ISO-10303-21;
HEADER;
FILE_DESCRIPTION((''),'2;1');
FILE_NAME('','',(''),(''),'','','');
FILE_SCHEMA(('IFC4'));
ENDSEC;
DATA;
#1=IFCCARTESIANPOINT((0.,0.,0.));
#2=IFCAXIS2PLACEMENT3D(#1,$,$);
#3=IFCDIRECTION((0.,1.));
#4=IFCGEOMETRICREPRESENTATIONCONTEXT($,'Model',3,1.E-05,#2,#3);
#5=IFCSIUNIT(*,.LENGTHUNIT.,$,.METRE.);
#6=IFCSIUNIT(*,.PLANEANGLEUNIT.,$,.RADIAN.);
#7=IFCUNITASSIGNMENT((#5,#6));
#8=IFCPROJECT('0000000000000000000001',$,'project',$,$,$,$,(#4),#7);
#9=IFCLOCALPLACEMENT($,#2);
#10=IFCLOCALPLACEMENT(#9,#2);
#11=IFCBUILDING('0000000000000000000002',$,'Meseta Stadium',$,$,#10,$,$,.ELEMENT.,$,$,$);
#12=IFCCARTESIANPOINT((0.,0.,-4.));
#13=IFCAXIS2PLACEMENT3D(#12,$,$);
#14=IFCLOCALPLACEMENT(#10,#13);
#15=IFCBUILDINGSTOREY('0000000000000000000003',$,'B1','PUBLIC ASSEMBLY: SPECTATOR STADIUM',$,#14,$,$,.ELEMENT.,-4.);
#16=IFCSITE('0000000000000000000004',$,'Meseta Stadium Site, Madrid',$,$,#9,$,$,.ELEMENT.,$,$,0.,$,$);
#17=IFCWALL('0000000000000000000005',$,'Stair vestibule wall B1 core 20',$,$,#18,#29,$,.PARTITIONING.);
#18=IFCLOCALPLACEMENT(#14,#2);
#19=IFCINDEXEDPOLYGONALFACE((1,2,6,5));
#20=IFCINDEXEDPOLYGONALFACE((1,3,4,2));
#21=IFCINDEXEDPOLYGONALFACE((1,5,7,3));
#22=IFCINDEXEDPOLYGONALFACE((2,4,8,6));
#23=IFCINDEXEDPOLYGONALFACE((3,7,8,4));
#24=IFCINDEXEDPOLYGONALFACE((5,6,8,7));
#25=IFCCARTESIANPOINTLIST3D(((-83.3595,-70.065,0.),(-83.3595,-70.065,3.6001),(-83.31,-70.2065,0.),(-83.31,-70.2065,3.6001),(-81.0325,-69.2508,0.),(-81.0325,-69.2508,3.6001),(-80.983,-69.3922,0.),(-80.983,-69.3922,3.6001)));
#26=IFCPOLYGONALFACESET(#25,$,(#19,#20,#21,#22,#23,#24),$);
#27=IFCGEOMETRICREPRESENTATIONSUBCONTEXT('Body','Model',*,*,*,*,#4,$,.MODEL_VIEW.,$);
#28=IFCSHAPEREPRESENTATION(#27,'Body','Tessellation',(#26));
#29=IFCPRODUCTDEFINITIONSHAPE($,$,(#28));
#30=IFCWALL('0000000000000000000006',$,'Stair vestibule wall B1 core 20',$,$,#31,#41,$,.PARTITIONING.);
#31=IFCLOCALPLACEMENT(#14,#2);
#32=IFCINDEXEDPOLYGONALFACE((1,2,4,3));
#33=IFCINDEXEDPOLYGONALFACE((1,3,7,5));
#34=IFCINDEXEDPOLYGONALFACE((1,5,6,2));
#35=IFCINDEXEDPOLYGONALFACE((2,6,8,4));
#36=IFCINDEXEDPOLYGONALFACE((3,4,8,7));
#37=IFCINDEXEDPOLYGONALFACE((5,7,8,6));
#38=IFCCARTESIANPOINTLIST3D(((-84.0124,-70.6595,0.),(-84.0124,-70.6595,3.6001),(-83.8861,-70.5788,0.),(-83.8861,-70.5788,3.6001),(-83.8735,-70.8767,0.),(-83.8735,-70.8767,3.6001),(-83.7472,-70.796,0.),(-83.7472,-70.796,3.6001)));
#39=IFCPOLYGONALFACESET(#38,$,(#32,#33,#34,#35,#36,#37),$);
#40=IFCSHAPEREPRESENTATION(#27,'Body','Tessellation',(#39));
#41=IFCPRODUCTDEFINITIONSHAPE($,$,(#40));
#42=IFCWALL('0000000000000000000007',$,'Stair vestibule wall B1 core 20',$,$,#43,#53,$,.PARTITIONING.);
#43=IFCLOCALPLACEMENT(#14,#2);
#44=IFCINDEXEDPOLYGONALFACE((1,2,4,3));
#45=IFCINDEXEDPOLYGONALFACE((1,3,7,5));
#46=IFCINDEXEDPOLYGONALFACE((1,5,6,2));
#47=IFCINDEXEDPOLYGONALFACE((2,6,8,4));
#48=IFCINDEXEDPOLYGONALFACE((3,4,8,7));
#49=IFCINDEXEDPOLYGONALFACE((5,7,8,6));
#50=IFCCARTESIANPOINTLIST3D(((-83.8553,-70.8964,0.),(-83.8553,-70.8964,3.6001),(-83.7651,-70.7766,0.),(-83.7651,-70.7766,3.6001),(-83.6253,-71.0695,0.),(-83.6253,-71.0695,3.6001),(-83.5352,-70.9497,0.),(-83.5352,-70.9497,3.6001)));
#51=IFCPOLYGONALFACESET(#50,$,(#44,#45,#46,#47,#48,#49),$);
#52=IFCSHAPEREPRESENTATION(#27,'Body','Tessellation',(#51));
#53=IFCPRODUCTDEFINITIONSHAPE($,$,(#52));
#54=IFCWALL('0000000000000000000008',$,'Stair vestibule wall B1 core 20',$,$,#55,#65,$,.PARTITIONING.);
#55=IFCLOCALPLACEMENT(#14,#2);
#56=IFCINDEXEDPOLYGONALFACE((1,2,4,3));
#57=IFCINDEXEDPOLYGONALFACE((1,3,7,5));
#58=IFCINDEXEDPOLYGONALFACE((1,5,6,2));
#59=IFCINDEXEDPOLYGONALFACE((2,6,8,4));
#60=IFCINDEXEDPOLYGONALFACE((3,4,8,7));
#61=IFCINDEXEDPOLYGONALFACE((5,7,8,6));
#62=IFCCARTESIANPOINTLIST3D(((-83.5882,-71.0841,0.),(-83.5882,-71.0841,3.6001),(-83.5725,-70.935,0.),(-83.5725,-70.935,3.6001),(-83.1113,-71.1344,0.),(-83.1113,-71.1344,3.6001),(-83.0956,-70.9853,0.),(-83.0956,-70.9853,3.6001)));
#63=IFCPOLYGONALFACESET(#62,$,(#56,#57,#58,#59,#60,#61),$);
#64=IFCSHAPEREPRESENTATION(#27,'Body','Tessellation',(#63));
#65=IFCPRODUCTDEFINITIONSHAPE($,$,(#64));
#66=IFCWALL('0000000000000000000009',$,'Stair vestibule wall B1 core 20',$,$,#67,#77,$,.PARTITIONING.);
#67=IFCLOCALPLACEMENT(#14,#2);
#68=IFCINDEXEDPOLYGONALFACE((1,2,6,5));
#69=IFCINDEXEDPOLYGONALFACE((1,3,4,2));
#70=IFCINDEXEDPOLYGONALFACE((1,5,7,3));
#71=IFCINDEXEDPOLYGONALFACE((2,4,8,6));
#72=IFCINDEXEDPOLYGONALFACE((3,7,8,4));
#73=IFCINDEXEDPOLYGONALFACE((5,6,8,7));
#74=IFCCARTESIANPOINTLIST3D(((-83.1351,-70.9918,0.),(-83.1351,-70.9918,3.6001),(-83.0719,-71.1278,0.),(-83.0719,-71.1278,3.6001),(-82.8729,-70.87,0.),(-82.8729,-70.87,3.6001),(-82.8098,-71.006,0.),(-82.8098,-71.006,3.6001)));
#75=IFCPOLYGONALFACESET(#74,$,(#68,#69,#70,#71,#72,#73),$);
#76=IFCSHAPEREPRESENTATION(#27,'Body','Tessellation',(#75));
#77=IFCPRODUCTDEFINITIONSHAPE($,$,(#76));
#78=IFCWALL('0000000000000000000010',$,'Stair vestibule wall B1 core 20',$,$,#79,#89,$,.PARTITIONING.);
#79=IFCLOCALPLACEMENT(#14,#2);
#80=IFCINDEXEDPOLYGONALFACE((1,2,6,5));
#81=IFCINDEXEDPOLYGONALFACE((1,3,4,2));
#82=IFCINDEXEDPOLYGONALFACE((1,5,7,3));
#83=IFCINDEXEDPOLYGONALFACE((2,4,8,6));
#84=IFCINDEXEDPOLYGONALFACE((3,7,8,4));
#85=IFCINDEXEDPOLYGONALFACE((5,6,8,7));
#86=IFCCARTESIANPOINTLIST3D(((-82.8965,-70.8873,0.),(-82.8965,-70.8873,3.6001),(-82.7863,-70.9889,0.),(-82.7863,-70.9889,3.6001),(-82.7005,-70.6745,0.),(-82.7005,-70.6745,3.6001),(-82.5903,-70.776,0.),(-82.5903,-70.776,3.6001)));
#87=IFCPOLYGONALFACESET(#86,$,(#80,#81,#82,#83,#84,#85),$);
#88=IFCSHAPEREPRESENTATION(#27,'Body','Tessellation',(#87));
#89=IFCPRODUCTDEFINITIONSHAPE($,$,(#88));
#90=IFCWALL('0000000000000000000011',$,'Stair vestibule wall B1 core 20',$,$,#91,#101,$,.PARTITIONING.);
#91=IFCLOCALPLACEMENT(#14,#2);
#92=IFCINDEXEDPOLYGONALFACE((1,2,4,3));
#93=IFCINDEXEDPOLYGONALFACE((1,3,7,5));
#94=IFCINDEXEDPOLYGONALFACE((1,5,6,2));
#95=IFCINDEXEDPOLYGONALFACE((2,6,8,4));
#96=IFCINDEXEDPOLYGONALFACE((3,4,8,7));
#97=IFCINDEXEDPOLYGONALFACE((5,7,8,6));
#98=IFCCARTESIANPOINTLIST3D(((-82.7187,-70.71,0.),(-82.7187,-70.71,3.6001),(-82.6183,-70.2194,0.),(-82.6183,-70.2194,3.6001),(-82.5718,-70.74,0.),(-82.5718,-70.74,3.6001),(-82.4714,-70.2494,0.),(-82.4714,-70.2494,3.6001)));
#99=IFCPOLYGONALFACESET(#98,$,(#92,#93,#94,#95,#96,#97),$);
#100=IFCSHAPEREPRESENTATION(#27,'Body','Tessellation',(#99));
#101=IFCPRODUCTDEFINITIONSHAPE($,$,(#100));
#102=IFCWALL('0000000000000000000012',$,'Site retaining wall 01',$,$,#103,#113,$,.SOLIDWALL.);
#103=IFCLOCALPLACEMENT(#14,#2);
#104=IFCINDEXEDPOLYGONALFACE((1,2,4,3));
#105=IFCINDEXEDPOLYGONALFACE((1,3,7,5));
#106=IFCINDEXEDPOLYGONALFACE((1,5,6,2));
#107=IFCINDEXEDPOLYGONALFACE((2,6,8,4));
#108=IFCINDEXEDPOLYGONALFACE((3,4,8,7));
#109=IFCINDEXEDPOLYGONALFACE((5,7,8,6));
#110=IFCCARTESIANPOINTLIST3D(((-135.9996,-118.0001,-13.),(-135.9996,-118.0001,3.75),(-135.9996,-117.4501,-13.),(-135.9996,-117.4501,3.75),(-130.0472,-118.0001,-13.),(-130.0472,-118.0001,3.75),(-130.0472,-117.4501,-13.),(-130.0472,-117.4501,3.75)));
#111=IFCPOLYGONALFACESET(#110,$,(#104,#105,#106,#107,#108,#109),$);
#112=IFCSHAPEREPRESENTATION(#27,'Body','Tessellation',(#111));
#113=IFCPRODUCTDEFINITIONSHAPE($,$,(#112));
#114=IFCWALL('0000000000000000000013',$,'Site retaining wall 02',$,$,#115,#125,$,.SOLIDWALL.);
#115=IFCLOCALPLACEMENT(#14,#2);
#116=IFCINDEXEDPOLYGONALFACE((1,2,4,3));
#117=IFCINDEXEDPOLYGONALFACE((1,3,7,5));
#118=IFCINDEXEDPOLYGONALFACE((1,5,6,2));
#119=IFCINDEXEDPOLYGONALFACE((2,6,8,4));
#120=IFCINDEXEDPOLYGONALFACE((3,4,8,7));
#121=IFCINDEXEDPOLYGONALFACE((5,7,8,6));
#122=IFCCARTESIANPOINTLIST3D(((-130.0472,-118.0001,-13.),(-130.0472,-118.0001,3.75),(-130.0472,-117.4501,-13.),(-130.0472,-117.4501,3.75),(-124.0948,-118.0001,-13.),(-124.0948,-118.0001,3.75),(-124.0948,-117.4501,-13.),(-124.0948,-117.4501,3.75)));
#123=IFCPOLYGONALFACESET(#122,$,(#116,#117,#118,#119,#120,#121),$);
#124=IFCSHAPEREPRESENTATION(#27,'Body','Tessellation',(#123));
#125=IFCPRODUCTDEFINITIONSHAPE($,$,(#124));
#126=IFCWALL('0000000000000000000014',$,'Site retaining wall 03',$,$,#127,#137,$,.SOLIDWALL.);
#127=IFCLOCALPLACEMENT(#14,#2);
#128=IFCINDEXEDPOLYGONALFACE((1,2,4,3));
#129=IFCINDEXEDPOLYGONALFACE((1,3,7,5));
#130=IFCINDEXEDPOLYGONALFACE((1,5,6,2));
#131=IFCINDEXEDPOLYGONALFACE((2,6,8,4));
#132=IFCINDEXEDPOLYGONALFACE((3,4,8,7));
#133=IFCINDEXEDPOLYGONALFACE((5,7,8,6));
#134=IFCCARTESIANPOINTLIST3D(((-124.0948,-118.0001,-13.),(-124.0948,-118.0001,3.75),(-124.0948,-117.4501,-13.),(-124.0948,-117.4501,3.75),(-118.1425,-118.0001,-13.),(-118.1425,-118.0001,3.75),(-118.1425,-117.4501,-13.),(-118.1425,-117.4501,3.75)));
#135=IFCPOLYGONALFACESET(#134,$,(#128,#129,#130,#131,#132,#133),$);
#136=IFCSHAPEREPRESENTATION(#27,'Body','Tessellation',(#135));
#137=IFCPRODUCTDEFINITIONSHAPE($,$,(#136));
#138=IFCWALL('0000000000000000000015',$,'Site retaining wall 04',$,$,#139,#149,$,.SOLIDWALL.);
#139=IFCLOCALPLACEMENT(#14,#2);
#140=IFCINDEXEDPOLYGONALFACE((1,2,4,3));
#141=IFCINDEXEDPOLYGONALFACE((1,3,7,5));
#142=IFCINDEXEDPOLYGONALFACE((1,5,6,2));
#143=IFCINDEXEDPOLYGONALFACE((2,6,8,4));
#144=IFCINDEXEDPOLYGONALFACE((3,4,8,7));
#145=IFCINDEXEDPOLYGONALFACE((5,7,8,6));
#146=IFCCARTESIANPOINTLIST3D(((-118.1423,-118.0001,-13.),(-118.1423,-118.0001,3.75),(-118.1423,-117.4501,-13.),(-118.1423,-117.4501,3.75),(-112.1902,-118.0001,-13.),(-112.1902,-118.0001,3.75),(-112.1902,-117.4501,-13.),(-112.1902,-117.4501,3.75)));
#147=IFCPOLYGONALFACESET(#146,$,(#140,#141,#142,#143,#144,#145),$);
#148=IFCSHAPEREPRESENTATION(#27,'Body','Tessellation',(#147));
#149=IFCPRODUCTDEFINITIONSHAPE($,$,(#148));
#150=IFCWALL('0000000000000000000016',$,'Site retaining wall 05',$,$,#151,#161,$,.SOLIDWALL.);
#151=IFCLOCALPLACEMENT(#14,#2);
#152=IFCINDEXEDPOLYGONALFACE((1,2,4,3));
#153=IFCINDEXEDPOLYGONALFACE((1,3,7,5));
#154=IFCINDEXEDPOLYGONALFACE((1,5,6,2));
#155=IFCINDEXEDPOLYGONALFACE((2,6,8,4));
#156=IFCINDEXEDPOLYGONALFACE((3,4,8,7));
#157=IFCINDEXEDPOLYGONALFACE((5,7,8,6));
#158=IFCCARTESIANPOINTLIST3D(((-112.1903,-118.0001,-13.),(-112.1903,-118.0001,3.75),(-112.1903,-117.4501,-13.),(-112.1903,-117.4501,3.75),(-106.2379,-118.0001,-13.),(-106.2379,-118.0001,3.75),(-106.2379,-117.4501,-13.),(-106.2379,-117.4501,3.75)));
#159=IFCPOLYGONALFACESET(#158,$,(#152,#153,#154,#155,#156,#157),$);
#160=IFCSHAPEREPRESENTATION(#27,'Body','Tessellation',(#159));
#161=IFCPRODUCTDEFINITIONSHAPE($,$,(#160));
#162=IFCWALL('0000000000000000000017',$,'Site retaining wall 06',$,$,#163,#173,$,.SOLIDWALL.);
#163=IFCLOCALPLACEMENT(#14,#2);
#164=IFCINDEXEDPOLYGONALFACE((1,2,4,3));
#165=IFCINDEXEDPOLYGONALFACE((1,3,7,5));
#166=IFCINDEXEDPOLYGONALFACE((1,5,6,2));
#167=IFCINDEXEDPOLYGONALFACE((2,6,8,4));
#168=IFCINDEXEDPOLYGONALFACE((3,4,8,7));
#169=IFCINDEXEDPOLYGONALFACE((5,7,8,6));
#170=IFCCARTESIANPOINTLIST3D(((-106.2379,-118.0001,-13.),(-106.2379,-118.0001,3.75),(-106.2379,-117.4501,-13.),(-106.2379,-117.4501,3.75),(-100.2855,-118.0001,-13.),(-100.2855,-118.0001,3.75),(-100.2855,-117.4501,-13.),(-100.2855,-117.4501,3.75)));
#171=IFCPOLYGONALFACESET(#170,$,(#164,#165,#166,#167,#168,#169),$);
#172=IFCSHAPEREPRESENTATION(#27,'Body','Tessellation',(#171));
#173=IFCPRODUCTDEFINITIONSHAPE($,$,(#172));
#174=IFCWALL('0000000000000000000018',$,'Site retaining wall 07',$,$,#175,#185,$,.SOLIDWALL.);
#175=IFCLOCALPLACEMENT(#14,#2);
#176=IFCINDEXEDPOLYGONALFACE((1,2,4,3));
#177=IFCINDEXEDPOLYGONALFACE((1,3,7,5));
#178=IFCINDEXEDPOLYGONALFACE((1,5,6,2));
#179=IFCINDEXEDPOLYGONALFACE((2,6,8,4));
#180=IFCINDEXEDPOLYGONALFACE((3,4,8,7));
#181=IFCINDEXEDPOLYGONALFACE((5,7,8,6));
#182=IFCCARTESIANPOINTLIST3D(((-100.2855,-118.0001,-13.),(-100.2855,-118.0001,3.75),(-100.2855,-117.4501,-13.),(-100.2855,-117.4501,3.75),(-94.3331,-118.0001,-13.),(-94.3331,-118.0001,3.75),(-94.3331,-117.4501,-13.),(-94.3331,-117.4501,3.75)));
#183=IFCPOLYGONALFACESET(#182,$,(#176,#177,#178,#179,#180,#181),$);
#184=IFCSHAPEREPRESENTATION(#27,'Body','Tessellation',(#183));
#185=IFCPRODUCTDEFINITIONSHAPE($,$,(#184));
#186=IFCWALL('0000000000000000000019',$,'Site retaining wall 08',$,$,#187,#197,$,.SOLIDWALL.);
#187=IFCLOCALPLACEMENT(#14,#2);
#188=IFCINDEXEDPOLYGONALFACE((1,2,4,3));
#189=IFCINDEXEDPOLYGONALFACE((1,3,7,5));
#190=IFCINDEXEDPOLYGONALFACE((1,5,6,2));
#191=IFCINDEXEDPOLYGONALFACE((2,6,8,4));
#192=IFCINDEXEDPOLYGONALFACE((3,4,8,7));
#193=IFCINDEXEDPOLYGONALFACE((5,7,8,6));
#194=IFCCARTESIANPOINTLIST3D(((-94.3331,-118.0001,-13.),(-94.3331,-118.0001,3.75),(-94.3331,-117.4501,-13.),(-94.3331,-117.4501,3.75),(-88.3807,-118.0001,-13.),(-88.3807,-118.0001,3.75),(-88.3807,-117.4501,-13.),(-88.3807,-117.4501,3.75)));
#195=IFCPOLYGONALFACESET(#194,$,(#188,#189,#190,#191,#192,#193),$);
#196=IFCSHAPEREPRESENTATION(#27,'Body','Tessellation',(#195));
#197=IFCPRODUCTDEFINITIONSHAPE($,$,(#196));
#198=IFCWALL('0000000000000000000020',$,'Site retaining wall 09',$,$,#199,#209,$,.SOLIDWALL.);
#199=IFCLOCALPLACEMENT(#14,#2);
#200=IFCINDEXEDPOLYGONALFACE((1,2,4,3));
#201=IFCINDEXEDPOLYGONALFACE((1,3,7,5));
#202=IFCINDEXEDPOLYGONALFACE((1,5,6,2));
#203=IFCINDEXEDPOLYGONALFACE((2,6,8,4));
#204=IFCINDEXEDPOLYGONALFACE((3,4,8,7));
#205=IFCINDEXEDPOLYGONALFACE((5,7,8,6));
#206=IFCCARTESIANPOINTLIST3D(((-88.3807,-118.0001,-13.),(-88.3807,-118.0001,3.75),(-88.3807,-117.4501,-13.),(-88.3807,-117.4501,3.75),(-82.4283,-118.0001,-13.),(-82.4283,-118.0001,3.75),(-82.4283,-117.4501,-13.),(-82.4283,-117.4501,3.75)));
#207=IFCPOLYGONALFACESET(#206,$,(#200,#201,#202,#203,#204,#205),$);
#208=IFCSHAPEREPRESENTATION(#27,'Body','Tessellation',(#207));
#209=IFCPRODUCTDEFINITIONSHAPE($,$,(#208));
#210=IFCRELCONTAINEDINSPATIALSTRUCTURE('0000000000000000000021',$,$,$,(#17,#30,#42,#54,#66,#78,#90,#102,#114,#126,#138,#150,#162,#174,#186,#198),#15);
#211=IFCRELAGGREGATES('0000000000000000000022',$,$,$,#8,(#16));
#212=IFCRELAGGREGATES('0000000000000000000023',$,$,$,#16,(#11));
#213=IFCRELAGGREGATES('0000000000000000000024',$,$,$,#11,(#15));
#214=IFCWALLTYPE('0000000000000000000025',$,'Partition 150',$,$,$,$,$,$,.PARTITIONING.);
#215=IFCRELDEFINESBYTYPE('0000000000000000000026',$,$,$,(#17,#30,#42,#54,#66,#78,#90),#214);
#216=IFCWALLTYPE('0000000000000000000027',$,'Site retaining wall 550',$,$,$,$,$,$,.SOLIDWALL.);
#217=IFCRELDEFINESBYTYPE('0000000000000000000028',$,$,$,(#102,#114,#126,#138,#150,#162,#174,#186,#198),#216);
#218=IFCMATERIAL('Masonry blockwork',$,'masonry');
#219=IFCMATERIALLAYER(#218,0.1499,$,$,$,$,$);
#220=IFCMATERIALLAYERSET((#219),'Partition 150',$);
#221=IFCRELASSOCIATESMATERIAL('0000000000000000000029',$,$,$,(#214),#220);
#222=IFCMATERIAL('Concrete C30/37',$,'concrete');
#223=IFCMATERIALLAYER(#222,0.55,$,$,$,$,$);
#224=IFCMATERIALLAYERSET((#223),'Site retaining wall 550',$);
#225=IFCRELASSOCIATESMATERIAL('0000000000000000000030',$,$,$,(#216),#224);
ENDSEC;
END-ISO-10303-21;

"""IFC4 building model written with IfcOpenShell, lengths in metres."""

from ifc_helpers import new_model, si_unit, direction, frame, frame_2d, origin, place, context, subcontext, project, spatial, rectangle, extrude, material, layer, layer_set, type_object, element, save


model = new_model("IFC4")

# Units and contexts
model_context = context("Model", 3, precision=1e-05, world=origin(), true_north=direction((0.0, 1.0)))
body_context = subcontext(model_context, "Body", "Model", "MODEL_VIEW")
ifc_project = project(units=[si_unit("LENGTHUNIT", "METRE"), si_unit("PLANEANGLEUNIT", "RADIAN")], contexts=[model_context])

# Site, building, storey
site_placement = place(None, origin())
site = spatial("IfcSite", under=ifc_project, at=site_placement, Name="Meseta Stadium Site, Madrid", CompositionType="ELEMENT", RefElevation=0.0)
building_placement = place(site_placement, origin())
building = spatial("IfcBuilding", under=site, at=building_placement, Name="Meseta Stadium", CompositionType="ELEMENT")
storey_placement = place(building_placement, frame((0.0, 0.0, -4.0)))
storey = spatial("IfcBuildingStorey", under=building, at=storey_placement, Name="B1", Description="PUBLIC ASSEMBLY: SPECTATOR STADIUM", CompositionType="ELEMENT", Elevation=-4.0)

# Walls
ifc_material_1 = material(Name="Masonry blockwork", Category="masonry")
ifc_layer_1 = layer(ifc_material_1, 0.1499)
ifc_layer_set_1 = layer_set([ifc_layer_1], Name="Partition 150")
wall_type_1 = type_object("IfcWallType", Name="Partition 150", PredefinedType="PARTITIONING", material=ifc_layer_set_1)
wall_1_placement = place(storey_placement, frame((-83.3347, -70.1357, 0.0), z_axis=(0.0, 0.0, 1.0), x_axis=(0.943885, 0.330275, 0.0)))
element("IfcWall", 1, at=wall_1_placement, inside=storey, type_object=wall_type_1, Name="Stair vestibule wall B1 core 20", PredefinedType="PARTITIONING", context=body_context, shape_type="SweptSolid", body=[
    extrude(rectangle(XDim=2.4653, YDim=0.1499, at=frame_2d((1.2327, 0.0))), origin(), (0.0, 0.0, 1.0), 3.6001),
])
wall_2_placement = place(storey_placement, frame((-83.9492, -70.6191, 0.0), z_axis=(0.0, 0.0, 1.0), x_axis=(0.538651, -0.842529, 0.0)))
element("IfcWall", 2, at=wall_2_placement, inside=storey, type_object=wall_type_1, Name="Stair vestibule wall B1 core 20", PredefinedType="PARTITIONING", context=body_context, shape_type="SweptSolid", body=[
    extrude(rectangle(XDim=0.2578, YDim=0.1499, at=frame_2d((0.1289, 0.0))), origin(), (0.0, 0.0, 1.0), 3.6001),
])
wall_3_placement = place(storey_placement, frame((-83.8103, -70.8364, 0.0), z_axis=(0.0, 0.0, 1.0), x_axis=(0.798981, -0.601356, 0.0)))
element("IfcWall", 3, at=wall_3_placement, inside=storey, type_object=wall_type_1, Name="Stair vestibule wall B1 core 20", PredefinedType="PARTITIONING", context=body_context, shape_type="SweptSolid", body=[
    extrude(rectangle(XDim=0.2878, YDim=0.1499, at=frame_2d((0.144, 0.0))), origin(), (0.0, 0.0, 1.0), 3.6001),
])
wall_4_placement = place(storey_placement, frame((-83.5803, -71.0095, 0.0), z_axis=(0.0, 0.0, 1.0), x_axis=(0.994483, -0.104897, 0.0)))
element("IfcWall", 4, at=wall_4_placement, inside=storey, type_object=wall_type_1, Name="Stair vestibule wall B1 core 20", PredefinedType="PARTITIONING", context=body_context, shape_type="SweptSolid", body=[
    extrude(rectangle(XDim=0.4795, YDim=0.1499, at=frame_2d((0.2397, 0.0))), origin(), (0.0, 0.0, 1.0), 3.6001),
])
wall_5_placement = place(storey_placement, frame((-83.1035, -71.0598, 0.0), z_axis=(0.0, 0.0, 1.0), x_axis=(0.906894, 0.421359, 0.0)))
element("IfcWall", 5, at=wall_5_placement, inside=storey, type_object=wall_type_1, Name="Stair vestibule wall B1 core 20", PredefinedType="PARTITIONING", context=body_context, shape_type="SweptSolid", body=[
    extrude(rectangle(XDim=0.2891, YDim=0.1499, at=frame_2d((0.1445, 0.0))), origin(), (0.0, 0.0, 1.0), 3.6001),
])
wall_6_placement = place(storey_placement, frame((-82.8413, -70.938, 0.0), z_axis=(0.0, 0.0, 1.0), x_axis=(0.677404, 0.735611, 0.0)))
element("IfcWall", 6, at=wall_6_placement, inside=storey, type_object=wall_type_1, Name="Stair vestibule wall B1 core 20", PredefinedType="PARTITIONING", context=body_context, shape_type="SweptSolid", body=[
    extrude(rectangle(XDim=0.2893, YDim=0.1499, at=frame_2d((0.1445, 0.0))), origin(), (0.0, 0.0, 1.0), 3.6001),
])
wall_7_placement = place(storey_placement, frame((-82.6453, -70.7251, 0.0), z_axis=(0.0, 0.0, 1.0), x_axis=(0.200428, 0.979708, 0.0)))
element("IfcWall", 7, at=wall_7_placement, inside=storey, type_object=wall_type_1, Name="Stair vestibule wall B1 core 20", PredefinedType="PARTITIONING", context=body_context, shape_type="SweptSolid", body=[
    extrude(rectangle(XDim=0.5007, YDim=0.1499, at=frame_2d((0.2505, 0.0))), origin(), (0.0, 0.0, 1.0), 3.6001),
])
ifc_material_2 = material(Name="Concrete C30/37", Category="concrete")
ifc_layer_2 = layer(ifc_material_2, 0.55)
ifc_layer_set_2 = layer_set([ifc_layer_2], Name="Site retaining wall 550")
wall_type_2 = type_object("IfcWallType", Name="Site retaining wall 550", PredefinedType="SOLIDWALL", material=ifc_layer_set_2)
for number, where, z_axis, x_axis, name in (
    (8, (-135.9995, -117.7251, -13.0), (0.0, 0.0, 1.0), (1.0, 0.0, 0.0), "Site retaining wall 01"),
    (9, (-130.0471, -117.7251, -13.0), (0.0, 0.0, 1.0), (1.0, 0.0, 0.0), "Site retaining wall 02"),
    (10, (-124.0947, -117.7251, -13.0), (0.0, 0.0, 1.0), (1.0, 0.0, 0.0), "Site retaining wall 03"),
):
    element("IfcWall", number, at=place(storey_placement, frame(where, z_axis=z_axis, x_axis=x_axis)), inside=storey, type_object=wall_type_2, Name=name, PredefinedType="SOLIDWALL", context=body_context, shape_type="SweptSolid", body=[
        extrude(rectangle(XDim=5.9524, YDim=0.55, at=frame_2d((2.9761, 0.0))), origin(), (0.0, 0.0, 1.0), 16.75),
    ])
wall_8_placement = place(storey_placement, frame((-118.1423, -117.7251, -13.0), z_axis=(0.0, 0.0, 1.0), x_axis=(1.0, 0.0, 0.0)))
element("IfcWall", 11, at=wall_8_placement, inside=storey, type_object=wall_type_2, Name="Site retaining wall 04", PredefinedType="SOLIDWALL", context=body_context, shape_type="SweptSolid", body=[
    extrude(rectangle(XDim=5.9521, YDim=0.55, at=frame_2d((2.9761, 0.0))), origin(), (0.0, 0.0, 1.0), 16.75),
])
for number, where, z_axis, x_axis, name in (
    (12, (-112.1902, -117.7251, -13.0), (0.0, 0.0, 1.0), (1.0, 0.0, 0.0), "Site retaining wall 05"),
    (13, (-106.2378, -117.7251, -13.0), (0.0, 0.0, 1.0), (1.0, 0.0, 0.0), "Site retaining wall 06"),
    (14, (-100.2854, -117.7251, -13.0), (0.0, 0.0, 1.0), (1.0, 0.0, 0.0), "Site retaining wall 07"),
    (15, (-94.333, -117.7251, -13.0), (0.0, 0.0, 1.0), (1.0, 0.0, 0.0), "Site retaining wall 08"),
    (16, (-88.3806, -117.7251, -13.0), (0.0, 0.0, 1.0), (1.0, 0.0, 0.0), "Site retaining wall 09"),
):
    element("IfcWall", number, at=place(storey_placement, frame(where, z_axis=z_axis, x_axis=x_axis)), inside=storey, type_object=wall_type_2, Name=name, PredefinedType="SOLIDWALL", context=body_context, shape_type="SweptSolid", body=[
        extrude(rectangle(XDim=5.9524, YDim=0.55, at=frame_2d((2.9761, 0.0))), origin(), (0.0, 0.0, 1.0), 16.75),
    ])

save(model, "model.ifc")
